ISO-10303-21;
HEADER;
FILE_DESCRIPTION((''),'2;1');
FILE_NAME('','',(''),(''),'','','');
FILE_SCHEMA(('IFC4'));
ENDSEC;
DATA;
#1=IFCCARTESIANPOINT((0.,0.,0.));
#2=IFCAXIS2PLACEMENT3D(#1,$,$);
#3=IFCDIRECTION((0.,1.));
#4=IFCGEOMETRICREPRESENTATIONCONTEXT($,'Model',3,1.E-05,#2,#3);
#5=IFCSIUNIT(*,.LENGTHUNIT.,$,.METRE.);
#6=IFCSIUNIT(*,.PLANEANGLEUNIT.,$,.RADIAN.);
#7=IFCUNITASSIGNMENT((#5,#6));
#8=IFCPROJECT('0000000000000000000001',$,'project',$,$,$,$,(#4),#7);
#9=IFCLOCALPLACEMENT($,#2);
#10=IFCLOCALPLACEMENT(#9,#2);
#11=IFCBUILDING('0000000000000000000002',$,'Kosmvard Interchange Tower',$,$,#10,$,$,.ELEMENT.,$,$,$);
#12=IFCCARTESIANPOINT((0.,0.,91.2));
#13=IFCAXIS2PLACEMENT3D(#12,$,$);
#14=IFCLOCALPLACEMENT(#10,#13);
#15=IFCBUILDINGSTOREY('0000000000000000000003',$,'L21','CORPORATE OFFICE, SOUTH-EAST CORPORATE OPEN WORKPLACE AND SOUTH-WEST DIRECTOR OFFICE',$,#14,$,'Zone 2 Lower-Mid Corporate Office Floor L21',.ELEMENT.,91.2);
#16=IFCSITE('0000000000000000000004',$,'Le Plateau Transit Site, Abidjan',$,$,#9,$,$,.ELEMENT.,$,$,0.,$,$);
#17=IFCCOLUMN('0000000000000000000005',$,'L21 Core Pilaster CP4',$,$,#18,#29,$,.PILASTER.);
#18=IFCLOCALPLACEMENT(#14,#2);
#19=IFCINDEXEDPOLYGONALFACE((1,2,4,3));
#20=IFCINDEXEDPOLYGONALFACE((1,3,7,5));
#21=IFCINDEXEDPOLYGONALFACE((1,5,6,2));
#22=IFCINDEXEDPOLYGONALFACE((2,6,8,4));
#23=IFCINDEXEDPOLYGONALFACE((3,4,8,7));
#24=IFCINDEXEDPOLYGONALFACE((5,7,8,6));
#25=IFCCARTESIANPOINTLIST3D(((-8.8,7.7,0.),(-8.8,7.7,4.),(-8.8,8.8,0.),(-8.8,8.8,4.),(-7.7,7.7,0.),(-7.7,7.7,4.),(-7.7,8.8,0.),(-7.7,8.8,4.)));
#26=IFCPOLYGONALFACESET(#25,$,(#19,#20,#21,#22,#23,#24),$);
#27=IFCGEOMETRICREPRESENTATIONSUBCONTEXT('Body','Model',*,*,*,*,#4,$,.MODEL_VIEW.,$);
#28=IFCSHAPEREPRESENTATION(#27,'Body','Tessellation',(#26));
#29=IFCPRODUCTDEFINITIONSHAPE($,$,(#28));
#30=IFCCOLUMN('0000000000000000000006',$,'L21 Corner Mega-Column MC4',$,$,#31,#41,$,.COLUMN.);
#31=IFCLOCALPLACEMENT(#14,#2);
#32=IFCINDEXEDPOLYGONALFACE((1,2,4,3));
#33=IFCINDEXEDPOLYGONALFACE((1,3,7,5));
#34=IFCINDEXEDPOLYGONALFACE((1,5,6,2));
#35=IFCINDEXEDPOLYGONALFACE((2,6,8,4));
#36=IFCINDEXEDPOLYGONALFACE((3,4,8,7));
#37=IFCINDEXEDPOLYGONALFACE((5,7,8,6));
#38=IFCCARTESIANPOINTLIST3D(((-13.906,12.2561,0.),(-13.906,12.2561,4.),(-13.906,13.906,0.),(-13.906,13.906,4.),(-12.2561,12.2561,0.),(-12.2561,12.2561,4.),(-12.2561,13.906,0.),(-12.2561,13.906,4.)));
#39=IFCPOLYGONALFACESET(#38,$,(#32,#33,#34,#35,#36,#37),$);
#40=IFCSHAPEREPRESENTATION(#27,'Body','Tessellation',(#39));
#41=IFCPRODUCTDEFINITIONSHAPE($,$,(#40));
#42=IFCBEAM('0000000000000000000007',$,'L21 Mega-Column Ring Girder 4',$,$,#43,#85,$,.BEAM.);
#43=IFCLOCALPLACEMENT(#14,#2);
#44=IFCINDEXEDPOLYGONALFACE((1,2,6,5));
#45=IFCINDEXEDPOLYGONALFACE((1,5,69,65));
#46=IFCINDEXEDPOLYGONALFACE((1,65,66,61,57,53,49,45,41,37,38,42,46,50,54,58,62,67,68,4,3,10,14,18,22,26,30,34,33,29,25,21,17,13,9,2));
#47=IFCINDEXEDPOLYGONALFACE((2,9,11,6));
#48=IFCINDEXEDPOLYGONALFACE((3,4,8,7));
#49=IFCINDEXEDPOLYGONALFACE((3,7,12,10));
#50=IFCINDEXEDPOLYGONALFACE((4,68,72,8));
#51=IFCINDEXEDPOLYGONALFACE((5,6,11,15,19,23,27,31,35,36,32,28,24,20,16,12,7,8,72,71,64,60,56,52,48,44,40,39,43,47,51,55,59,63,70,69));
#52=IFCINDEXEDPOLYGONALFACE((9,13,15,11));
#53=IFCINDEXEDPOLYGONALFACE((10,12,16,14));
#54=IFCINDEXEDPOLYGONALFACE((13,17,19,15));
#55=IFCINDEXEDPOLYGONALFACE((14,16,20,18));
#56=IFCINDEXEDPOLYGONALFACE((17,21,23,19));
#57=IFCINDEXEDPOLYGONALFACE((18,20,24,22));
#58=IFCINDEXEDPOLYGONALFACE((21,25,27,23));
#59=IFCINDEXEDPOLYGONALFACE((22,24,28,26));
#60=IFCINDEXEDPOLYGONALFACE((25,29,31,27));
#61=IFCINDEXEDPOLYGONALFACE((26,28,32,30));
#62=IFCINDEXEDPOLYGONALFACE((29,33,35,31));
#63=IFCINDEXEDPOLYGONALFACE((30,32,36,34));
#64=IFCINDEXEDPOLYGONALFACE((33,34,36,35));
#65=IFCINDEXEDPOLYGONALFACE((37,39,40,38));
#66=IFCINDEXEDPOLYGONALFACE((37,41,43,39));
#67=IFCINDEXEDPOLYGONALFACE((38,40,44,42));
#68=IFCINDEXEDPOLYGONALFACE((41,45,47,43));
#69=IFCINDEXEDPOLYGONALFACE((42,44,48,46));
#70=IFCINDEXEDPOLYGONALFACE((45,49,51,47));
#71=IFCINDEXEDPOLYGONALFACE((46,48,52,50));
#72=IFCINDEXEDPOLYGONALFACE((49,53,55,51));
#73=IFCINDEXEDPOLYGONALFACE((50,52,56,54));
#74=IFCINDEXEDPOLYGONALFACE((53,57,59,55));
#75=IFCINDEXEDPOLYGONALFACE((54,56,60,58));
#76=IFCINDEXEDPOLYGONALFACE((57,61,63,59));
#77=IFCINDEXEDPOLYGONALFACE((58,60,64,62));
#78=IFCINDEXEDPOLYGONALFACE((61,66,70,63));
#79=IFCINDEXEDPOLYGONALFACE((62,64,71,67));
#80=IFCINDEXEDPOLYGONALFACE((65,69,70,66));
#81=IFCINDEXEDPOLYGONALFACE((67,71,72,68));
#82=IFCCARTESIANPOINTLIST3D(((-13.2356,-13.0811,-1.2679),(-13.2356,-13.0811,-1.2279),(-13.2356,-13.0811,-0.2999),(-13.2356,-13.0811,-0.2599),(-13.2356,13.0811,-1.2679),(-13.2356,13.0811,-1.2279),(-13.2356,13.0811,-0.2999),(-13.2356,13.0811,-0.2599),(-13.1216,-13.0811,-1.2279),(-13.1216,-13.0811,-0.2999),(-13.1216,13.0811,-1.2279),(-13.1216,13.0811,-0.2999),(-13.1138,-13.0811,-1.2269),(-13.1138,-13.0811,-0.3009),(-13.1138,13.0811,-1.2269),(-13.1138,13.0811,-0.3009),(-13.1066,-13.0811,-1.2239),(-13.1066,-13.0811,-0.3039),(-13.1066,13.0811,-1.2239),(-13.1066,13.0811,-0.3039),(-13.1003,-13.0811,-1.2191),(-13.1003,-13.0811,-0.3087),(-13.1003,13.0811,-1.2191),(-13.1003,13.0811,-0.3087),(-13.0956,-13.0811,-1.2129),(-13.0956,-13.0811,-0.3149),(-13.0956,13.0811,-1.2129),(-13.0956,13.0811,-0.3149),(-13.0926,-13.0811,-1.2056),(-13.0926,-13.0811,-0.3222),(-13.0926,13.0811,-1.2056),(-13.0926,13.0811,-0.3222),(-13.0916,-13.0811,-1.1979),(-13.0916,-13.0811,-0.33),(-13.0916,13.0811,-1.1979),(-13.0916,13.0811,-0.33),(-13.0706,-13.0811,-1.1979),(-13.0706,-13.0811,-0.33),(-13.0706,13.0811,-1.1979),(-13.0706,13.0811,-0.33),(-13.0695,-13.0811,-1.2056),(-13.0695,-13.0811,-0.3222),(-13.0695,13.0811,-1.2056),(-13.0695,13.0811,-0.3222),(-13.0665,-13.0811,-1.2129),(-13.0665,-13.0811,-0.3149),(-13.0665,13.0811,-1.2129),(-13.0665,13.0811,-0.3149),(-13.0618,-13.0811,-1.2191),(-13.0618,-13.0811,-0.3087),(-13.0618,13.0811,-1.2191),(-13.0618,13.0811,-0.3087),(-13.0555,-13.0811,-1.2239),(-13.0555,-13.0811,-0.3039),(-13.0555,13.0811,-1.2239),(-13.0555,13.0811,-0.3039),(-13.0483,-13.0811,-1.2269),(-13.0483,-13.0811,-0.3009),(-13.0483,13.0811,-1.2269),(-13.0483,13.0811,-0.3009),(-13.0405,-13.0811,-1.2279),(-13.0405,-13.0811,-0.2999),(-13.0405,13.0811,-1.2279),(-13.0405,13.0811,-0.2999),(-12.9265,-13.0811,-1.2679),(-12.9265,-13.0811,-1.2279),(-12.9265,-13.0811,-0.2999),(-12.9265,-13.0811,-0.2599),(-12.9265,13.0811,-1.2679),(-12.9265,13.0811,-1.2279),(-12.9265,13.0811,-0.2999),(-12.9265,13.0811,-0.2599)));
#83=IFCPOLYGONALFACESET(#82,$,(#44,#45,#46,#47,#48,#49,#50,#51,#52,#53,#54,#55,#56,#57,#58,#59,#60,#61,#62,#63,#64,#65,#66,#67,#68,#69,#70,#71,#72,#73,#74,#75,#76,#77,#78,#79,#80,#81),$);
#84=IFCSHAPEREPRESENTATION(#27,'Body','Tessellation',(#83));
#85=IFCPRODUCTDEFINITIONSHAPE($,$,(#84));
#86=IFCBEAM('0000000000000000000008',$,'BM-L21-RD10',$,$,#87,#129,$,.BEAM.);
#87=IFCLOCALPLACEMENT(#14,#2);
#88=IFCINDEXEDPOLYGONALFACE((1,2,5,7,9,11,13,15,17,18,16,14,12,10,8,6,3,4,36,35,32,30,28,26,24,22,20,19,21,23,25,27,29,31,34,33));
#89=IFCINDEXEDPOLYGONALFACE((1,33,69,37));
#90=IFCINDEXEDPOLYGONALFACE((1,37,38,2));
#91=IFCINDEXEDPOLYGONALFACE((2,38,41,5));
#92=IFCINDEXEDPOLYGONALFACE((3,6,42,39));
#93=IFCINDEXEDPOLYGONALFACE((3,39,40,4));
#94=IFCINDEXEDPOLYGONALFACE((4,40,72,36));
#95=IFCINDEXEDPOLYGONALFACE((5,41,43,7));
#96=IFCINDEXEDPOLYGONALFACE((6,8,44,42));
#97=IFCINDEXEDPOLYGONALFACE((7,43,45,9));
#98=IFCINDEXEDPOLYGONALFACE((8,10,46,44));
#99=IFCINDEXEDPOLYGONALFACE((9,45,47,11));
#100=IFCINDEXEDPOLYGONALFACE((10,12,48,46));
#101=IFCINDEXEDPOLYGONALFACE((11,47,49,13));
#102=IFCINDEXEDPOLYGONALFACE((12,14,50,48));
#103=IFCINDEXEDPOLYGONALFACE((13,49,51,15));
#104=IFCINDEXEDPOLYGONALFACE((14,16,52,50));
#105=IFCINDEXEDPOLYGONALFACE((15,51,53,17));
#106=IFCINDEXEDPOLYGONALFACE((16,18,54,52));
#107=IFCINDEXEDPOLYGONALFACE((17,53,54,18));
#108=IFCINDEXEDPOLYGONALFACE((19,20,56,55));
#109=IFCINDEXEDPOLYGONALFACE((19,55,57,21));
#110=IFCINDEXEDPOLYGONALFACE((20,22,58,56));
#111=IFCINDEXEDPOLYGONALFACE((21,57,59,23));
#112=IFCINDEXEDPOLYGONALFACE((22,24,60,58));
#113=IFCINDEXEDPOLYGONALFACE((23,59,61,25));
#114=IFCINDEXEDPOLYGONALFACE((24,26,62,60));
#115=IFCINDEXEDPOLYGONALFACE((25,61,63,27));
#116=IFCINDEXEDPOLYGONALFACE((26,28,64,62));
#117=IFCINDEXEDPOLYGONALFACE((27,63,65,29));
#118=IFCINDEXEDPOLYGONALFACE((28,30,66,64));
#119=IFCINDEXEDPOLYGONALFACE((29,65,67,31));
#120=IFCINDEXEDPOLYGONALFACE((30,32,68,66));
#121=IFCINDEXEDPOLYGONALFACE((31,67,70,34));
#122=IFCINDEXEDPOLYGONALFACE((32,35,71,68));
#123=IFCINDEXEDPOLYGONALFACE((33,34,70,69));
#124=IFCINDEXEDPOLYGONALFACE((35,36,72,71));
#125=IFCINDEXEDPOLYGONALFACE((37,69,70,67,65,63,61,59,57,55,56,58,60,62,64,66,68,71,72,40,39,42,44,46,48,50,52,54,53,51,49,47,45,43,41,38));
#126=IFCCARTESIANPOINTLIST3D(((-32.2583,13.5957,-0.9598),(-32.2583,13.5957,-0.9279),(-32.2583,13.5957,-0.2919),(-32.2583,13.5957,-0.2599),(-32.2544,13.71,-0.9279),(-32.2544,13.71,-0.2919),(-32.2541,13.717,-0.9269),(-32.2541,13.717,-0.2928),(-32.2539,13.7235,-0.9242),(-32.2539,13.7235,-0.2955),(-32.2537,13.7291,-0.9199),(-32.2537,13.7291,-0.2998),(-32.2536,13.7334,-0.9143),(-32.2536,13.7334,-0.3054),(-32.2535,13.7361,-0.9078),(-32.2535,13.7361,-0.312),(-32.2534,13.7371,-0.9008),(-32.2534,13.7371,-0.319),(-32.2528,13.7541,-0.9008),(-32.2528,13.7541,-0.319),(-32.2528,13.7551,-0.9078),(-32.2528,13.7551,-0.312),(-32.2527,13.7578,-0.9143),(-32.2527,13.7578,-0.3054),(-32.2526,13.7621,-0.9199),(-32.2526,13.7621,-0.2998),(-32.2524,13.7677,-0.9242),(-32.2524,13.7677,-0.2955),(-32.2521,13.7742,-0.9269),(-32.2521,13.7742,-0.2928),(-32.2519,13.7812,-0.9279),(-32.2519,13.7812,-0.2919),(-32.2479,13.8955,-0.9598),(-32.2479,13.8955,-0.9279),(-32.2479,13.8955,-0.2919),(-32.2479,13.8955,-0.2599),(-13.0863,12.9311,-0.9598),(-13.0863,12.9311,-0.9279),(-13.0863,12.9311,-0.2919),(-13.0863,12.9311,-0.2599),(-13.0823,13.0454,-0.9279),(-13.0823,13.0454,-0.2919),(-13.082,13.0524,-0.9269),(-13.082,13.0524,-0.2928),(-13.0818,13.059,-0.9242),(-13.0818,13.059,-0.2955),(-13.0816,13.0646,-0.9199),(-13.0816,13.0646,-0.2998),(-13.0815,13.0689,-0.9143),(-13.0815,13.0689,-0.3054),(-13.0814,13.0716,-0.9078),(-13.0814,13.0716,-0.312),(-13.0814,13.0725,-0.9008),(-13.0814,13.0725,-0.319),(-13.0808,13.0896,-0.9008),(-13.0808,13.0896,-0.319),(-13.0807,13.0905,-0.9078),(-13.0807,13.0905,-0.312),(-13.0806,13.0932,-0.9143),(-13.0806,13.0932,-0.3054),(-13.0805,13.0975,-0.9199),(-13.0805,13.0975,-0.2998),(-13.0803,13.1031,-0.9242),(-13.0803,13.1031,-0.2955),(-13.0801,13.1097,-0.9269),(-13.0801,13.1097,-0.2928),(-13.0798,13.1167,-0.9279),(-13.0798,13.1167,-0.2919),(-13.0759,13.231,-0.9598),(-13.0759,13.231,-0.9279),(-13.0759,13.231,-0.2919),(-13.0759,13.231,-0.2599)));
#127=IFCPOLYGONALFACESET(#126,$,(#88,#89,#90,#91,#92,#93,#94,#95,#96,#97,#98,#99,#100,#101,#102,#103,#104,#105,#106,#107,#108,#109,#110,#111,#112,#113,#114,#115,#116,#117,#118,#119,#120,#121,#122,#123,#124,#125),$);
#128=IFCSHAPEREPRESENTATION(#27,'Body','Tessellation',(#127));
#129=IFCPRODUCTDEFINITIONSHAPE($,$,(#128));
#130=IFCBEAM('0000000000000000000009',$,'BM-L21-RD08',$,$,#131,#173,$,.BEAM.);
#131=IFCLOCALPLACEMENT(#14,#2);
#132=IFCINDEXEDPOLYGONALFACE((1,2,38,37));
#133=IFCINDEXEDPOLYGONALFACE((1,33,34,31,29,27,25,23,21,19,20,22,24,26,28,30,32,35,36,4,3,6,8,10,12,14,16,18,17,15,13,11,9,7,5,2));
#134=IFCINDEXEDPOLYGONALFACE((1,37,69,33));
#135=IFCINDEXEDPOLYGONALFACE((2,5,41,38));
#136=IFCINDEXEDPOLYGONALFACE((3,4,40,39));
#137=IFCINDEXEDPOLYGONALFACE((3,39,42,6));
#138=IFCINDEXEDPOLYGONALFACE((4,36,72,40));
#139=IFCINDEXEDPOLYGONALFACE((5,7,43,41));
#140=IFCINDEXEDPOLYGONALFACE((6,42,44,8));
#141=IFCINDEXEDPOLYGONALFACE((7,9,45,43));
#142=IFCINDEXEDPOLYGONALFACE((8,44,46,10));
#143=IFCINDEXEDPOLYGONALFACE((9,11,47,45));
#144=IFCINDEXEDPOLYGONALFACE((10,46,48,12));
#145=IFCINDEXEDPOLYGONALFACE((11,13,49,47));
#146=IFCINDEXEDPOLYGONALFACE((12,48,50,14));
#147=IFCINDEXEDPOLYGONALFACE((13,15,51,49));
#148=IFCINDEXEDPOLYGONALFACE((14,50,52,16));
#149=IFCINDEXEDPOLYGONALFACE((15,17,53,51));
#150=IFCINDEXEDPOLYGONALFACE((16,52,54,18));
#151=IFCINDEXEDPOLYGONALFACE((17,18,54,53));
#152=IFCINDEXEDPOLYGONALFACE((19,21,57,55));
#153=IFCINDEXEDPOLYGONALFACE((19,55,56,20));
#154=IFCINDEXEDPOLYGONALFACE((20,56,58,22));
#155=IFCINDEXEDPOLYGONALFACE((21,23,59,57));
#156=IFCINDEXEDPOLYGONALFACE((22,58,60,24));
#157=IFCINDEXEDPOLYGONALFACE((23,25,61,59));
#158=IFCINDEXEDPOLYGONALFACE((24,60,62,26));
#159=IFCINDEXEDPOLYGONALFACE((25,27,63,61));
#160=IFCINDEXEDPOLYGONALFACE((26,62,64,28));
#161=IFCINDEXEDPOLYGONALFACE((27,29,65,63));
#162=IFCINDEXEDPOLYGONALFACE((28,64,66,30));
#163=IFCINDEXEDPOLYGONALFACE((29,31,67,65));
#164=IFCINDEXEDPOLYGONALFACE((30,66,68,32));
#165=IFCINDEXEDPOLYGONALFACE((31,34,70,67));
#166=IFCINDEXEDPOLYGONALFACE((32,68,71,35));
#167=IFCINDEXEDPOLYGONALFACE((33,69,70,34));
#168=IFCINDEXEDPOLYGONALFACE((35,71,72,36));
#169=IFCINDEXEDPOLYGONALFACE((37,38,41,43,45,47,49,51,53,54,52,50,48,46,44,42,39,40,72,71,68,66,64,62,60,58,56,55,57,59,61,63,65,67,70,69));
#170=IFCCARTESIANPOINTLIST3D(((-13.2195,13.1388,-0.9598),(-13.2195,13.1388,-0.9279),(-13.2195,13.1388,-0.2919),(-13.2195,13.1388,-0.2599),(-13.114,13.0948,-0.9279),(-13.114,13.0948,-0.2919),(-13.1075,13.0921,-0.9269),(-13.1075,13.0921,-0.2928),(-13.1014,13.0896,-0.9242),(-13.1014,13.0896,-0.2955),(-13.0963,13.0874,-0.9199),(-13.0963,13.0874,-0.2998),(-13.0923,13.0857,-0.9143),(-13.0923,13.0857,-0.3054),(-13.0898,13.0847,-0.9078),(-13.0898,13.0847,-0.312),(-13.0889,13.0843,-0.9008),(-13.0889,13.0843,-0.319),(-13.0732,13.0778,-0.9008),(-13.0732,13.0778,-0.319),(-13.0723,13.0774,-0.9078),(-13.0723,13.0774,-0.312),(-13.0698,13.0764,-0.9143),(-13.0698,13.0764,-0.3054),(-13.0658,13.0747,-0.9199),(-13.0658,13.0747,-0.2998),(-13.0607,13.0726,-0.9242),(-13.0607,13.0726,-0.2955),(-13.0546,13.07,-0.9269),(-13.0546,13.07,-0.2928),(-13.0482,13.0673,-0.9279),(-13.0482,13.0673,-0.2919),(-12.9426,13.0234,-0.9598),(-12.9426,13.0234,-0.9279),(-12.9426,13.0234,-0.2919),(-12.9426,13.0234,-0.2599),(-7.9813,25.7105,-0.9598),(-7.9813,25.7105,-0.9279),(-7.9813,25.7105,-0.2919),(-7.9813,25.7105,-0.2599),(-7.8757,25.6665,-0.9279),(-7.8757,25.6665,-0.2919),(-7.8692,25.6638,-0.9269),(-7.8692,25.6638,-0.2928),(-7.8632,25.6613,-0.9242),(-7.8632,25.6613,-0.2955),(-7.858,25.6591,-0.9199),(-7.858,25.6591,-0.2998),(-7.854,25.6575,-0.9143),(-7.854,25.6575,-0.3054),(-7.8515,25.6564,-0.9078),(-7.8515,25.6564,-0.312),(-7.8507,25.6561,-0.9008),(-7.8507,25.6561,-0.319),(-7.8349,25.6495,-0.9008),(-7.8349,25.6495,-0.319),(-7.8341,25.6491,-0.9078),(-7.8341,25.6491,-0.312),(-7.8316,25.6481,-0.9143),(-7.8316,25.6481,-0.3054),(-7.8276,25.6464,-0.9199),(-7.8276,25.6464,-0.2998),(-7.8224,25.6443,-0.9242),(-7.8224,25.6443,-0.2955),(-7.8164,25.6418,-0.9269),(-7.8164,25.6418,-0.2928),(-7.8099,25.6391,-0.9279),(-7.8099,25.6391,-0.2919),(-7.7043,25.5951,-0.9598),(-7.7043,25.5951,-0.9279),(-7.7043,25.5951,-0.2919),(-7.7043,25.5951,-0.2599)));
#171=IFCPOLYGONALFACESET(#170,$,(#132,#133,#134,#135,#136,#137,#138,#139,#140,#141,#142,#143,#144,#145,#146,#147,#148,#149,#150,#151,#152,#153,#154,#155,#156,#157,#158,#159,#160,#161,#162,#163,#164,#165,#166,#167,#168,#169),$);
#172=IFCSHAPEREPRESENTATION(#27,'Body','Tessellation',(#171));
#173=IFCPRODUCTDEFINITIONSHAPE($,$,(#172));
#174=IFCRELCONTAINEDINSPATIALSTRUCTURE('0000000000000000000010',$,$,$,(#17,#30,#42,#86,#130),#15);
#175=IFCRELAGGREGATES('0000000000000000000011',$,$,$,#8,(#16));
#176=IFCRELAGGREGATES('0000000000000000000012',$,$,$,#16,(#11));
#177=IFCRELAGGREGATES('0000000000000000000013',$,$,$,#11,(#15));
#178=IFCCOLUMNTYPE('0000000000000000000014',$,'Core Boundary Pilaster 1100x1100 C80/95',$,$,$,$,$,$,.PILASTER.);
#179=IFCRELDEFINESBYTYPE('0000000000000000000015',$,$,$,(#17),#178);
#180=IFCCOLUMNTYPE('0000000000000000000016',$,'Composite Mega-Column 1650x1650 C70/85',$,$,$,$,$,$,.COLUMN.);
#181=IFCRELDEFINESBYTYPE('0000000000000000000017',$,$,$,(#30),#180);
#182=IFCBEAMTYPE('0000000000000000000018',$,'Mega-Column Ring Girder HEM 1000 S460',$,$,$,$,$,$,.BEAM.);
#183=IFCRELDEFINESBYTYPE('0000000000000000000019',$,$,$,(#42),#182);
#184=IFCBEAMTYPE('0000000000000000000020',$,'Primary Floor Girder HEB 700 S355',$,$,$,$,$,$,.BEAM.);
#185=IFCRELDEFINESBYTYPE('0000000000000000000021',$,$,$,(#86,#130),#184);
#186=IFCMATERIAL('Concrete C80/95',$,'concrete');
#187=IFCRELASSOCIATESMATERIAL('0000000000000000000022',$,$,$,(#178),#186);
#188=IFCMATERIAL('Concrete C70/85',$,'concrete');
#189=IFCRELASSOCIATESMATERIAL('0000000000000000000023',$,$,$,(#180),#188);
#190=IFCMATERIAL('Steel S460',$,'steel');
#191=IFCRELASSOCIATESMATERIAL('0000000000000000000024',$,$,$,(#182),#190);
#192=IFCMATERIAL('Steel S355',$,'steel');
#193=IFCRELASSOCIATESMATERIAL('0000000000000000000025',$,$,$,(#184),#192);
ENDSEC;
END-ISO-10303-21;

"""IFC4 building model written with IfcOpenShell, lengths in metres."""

from ifc_helpers import new_model, si_unit, direction, frame, origin, origin_2d, place, context, subcontext, project, spatial, rectangle, i_section, extrude, source, transform, mapped, material, material_profile, profile_set, type_object, element, save


model = new_model("IFC4")

# Units and contexts
model_context = context("Model", 3, precision=1e-05, world=origin(), true_north=direction((0.0, 1.0)))
body_context = subcontext(model_context, "Body", "Model", "MODEL_VIEW")
ifc_project = project(units=[si_unit("LENGTHUNIT", "METRE"), si_unit("PLANEANGLEUNIT", "RADIAN")], contexts=[model_context])

# Site, building, storey
site_placement = place(None, origin())
site = spatial("IfcSite", under=ifc_project, at=site_placement, Name="Le Plateau Transit Site, Abidjan", CompositionType="ELEMENT", RefElevation=0.0)
building_placement = place(site_placement, origin())
building = spatial("IfcBuilding", under=site, at=building_placement, Name="Kosmvard Interchange Tower", CompositionType="ELEMENT")
storey_placement = place(building_placement, frame((0.0, 0.0, 91.2)))
storey = spatial("IfcBuildingStorey", under=building, at=storey_placement, Name="L21", Description="CORPORATE OFFICE, SOUTH-EAST CORPORATE OPEN WORKPLACE AND SOUTH-WEST DIRECTOR OFFICE", LongName="Zone 2 Lower-Mid Corporate Office Floor L21", CompositionType="ELEMENT", Elevation=91.2)

# Columns
ifc_material_1 = material(Name="Concrete C80/95", Category="concrete")
ifc_material_profile_1 = material_profile(ifc_material_1, rectangle(XDim=1.1001, YDim=1.1001, at=origin_2d()), Name="CP 1100x1100")
ifc_profile_set_1 = profile_set([ifc_material_profile_1], Name="Concrete C80/95")
column_type_1 = type_object("IfcColumnType", Name="Core Boundary Pilaster 1100x1100 C80/95", PredefinedType="PILASTER", material=ifc_profile_set_1)
shared_shape_1 = source(origin(), body_context, "Body", "SweptSolid", [
    extrude(rectangle(XDim=1.1001, YDim=1.1001, at=origin_2d()), origin(), (0.0, 0.0, 1.0), 4.0),
])
column_1_placement = place(storey_placement, frame((-8.25, 8.25, 0.0), z_axis=(0.0, 0.0, 1.0), x_axis=(1.0, 0.0, 0.0)))
element("IfcColumn", 1, at=column_1_placement, inside=storey, type_object=column_type_1, Name="L21 Core Pilaster CP4", PredefinedType="PILASTER", context=body_context, shape_type="MappedRepresentation", body=[
    mapped(shared_shape_1, transform((0.0, 0.0, 0.0), scale=1.0)),
])
ifc_material_2 = material(Name="Concrete C70/85", Category="concrete")
ifc_material_profile_2 = material_profile(ifc_material_2, rectangle(XDim=1.6499, YDim=1.6499, at=origin_2d()), Name="MC 1650x1650")
ifc_profile_set_2 = profile_set([ifc_material_profile_2], Name="Concrete C70/85")
column_type_2 = type_object("IfcColumnType", Name="Composite Mega-Column 1650x1650 C70/85", PredefinedType="COLUMN", material=ifc_profile_set_2)
shared_shape_2 = source(origin(), body_context, "Body", "SweptSolid", [
    extrude(rectangle(XDim=1.6499, YDim=1.6499, at=origin_2d()), origin(), (0.0, 0.0, 1.0), 4.0),
])
column_2_placement = place(storey_placement, frame((-13.0811, 13.0811, 0.0), z_axis=(0.0, 0.0, 1.0), x_axis=(1.0, 0.0, 0.0)))
element("IfcColumn", 2, at=column_2_placement, inside=storey, type_object=column_type_2, Name="L21 Corner Mega-Column MC4", PredefinedType="COLUMN", context=body_context, shape_type="MappedRepresentation", body=[
    mapped(shared_shape_2, transform((0.0, 0.0, 0.0), scale=1.0)),
])

# Beams
ifc_material_3 = material(Name="Steel S460", Category="steel")
ifc_material_profile_3 = material_profile(ifc_material_3, i_section(OverallWidth=0.3091, OverallDepth=1.0081, WebThickness=0.021, FlangeThickness=0.04, FilletRadius=0.03, at=origin_2d()), Name="HEM 1000")
ifc_profile_set_3 = profile_set([ifc_material_profile_3], Name="Steel S460")
beam_type_1 = type_object("IfcBeamType", Name="Mega-Column Ring Girder HEM 1000 S460", PredefinedType="BEAM", material=ifc_profile_set_3)
shared_shape_3 = source(origin(), body_context, "Body", "SweptSolid", [
    extrude(i_section(OverallWidth=0.3091, OverallDepth=1.0081, WebThickness=0.021, FlangeThickness=0.04, FilletRadius=0.03, at=origin_2d()), origin(), (0.0, 0.0, 1.0), 26.1621),
])
beam_1_placement = place(storey_placement, frame((-13.0811, 13.0811, -0.7639), z_axis=(0.0, -1.0, 0.0), x_axis=(1.0, 0.0, 0.0)))
element("IfcBeam", 3, at=beam_1_placement, inside=storey, type_object=beam_type_1, Name="L21 Mega-Column Ring Girder 4", PredefinedType="BEAM", context=body_context, shape_type="MappedRepresentation", body=[
    mapped(shared_shape_3, transform((0.0, 0.0, 0.0), scale=1.0)),
])
ifc_material_4 = material(Name="Steel S355", Category="steel")
ifc_material_profile_4 = material_profile(ifc_material_4, i_section(OverallWidth=0.3, OverallDepth=0.7, WebThickness=0.0171, FlangeThickness=0.032, FilletRadius=0.0271, at=origin_2d()), Name="HEB 700")
ifc_profile_set_4 = profile_set([ifc_material_profile_4], Name="Steel S355")
beam_type_2 = type_object("IfcBeamType", Name="Primary Floor Girder HEB 700 S355", PredefinedType="BEAM", material=ifc_profile_set_4)
shared_shape_4 = source(origin(), body_context, "Body", "SweptSolid", [
    extrude(i_section(OverallWidth=0.3, OverallDepth=0.7, WebThickness=0.0171, FlangeThickness=0.032, FilletRadius=0.0271, at=origin_2d()), origin(), (0.0, 0.0, 1.0), 19.1836),
])
beam_2_placement = place(storey_placement, frame((-13.0811, 13.0811, -0.6099), z_axis=(-0.9994, 0.034642, 0.0), x_axis=(-0.034642, -0.9994, 0.0)))
element("IfcBeam", 4, at=beam_2_placement, inside=storey, type_object=beam_type_2, Name="BM-L21-RD10", PredefinedType="BEAM", context=body_context, shape_type="MappedRepresentation", body=[
    mapped(shared_shape_4, transform((0.0, 0.0, 0.0), scale=1.0)),
])
shared_shape_5 = source(origin(), body_context, "Body", "SweptSolid", [
    extrude(i_section(OverallWidth=0.3, OverallDepth=0.7, WebThickness=0.0171, FlangeThickness=0.032, FilletRadius=0.0271, at=origin_2d()), origin(), (0.0, 0.0, 1.0), 13.6194),
])
beam_3_placement = place(storey_placement, frame((-13.0811, 13.0811, -0.6099), z_axis=(0.384618, 0.923076, 0.0), x_axis=(-0.923076, 0.384618, 0.0)))
element("IfcBeam", 5, at=beam_3_placement, inside=storey, type_object=beam_type_2, Name="BM-L21-RD08", PredefinedType="BEAM", context=body_context, shape_type="MappedRepresentation", body=[
    mapped(shared_shape_5, transform((0.0, 0.0, 0.0), scale=1.0)),
])

save(model, "model.ifc")
